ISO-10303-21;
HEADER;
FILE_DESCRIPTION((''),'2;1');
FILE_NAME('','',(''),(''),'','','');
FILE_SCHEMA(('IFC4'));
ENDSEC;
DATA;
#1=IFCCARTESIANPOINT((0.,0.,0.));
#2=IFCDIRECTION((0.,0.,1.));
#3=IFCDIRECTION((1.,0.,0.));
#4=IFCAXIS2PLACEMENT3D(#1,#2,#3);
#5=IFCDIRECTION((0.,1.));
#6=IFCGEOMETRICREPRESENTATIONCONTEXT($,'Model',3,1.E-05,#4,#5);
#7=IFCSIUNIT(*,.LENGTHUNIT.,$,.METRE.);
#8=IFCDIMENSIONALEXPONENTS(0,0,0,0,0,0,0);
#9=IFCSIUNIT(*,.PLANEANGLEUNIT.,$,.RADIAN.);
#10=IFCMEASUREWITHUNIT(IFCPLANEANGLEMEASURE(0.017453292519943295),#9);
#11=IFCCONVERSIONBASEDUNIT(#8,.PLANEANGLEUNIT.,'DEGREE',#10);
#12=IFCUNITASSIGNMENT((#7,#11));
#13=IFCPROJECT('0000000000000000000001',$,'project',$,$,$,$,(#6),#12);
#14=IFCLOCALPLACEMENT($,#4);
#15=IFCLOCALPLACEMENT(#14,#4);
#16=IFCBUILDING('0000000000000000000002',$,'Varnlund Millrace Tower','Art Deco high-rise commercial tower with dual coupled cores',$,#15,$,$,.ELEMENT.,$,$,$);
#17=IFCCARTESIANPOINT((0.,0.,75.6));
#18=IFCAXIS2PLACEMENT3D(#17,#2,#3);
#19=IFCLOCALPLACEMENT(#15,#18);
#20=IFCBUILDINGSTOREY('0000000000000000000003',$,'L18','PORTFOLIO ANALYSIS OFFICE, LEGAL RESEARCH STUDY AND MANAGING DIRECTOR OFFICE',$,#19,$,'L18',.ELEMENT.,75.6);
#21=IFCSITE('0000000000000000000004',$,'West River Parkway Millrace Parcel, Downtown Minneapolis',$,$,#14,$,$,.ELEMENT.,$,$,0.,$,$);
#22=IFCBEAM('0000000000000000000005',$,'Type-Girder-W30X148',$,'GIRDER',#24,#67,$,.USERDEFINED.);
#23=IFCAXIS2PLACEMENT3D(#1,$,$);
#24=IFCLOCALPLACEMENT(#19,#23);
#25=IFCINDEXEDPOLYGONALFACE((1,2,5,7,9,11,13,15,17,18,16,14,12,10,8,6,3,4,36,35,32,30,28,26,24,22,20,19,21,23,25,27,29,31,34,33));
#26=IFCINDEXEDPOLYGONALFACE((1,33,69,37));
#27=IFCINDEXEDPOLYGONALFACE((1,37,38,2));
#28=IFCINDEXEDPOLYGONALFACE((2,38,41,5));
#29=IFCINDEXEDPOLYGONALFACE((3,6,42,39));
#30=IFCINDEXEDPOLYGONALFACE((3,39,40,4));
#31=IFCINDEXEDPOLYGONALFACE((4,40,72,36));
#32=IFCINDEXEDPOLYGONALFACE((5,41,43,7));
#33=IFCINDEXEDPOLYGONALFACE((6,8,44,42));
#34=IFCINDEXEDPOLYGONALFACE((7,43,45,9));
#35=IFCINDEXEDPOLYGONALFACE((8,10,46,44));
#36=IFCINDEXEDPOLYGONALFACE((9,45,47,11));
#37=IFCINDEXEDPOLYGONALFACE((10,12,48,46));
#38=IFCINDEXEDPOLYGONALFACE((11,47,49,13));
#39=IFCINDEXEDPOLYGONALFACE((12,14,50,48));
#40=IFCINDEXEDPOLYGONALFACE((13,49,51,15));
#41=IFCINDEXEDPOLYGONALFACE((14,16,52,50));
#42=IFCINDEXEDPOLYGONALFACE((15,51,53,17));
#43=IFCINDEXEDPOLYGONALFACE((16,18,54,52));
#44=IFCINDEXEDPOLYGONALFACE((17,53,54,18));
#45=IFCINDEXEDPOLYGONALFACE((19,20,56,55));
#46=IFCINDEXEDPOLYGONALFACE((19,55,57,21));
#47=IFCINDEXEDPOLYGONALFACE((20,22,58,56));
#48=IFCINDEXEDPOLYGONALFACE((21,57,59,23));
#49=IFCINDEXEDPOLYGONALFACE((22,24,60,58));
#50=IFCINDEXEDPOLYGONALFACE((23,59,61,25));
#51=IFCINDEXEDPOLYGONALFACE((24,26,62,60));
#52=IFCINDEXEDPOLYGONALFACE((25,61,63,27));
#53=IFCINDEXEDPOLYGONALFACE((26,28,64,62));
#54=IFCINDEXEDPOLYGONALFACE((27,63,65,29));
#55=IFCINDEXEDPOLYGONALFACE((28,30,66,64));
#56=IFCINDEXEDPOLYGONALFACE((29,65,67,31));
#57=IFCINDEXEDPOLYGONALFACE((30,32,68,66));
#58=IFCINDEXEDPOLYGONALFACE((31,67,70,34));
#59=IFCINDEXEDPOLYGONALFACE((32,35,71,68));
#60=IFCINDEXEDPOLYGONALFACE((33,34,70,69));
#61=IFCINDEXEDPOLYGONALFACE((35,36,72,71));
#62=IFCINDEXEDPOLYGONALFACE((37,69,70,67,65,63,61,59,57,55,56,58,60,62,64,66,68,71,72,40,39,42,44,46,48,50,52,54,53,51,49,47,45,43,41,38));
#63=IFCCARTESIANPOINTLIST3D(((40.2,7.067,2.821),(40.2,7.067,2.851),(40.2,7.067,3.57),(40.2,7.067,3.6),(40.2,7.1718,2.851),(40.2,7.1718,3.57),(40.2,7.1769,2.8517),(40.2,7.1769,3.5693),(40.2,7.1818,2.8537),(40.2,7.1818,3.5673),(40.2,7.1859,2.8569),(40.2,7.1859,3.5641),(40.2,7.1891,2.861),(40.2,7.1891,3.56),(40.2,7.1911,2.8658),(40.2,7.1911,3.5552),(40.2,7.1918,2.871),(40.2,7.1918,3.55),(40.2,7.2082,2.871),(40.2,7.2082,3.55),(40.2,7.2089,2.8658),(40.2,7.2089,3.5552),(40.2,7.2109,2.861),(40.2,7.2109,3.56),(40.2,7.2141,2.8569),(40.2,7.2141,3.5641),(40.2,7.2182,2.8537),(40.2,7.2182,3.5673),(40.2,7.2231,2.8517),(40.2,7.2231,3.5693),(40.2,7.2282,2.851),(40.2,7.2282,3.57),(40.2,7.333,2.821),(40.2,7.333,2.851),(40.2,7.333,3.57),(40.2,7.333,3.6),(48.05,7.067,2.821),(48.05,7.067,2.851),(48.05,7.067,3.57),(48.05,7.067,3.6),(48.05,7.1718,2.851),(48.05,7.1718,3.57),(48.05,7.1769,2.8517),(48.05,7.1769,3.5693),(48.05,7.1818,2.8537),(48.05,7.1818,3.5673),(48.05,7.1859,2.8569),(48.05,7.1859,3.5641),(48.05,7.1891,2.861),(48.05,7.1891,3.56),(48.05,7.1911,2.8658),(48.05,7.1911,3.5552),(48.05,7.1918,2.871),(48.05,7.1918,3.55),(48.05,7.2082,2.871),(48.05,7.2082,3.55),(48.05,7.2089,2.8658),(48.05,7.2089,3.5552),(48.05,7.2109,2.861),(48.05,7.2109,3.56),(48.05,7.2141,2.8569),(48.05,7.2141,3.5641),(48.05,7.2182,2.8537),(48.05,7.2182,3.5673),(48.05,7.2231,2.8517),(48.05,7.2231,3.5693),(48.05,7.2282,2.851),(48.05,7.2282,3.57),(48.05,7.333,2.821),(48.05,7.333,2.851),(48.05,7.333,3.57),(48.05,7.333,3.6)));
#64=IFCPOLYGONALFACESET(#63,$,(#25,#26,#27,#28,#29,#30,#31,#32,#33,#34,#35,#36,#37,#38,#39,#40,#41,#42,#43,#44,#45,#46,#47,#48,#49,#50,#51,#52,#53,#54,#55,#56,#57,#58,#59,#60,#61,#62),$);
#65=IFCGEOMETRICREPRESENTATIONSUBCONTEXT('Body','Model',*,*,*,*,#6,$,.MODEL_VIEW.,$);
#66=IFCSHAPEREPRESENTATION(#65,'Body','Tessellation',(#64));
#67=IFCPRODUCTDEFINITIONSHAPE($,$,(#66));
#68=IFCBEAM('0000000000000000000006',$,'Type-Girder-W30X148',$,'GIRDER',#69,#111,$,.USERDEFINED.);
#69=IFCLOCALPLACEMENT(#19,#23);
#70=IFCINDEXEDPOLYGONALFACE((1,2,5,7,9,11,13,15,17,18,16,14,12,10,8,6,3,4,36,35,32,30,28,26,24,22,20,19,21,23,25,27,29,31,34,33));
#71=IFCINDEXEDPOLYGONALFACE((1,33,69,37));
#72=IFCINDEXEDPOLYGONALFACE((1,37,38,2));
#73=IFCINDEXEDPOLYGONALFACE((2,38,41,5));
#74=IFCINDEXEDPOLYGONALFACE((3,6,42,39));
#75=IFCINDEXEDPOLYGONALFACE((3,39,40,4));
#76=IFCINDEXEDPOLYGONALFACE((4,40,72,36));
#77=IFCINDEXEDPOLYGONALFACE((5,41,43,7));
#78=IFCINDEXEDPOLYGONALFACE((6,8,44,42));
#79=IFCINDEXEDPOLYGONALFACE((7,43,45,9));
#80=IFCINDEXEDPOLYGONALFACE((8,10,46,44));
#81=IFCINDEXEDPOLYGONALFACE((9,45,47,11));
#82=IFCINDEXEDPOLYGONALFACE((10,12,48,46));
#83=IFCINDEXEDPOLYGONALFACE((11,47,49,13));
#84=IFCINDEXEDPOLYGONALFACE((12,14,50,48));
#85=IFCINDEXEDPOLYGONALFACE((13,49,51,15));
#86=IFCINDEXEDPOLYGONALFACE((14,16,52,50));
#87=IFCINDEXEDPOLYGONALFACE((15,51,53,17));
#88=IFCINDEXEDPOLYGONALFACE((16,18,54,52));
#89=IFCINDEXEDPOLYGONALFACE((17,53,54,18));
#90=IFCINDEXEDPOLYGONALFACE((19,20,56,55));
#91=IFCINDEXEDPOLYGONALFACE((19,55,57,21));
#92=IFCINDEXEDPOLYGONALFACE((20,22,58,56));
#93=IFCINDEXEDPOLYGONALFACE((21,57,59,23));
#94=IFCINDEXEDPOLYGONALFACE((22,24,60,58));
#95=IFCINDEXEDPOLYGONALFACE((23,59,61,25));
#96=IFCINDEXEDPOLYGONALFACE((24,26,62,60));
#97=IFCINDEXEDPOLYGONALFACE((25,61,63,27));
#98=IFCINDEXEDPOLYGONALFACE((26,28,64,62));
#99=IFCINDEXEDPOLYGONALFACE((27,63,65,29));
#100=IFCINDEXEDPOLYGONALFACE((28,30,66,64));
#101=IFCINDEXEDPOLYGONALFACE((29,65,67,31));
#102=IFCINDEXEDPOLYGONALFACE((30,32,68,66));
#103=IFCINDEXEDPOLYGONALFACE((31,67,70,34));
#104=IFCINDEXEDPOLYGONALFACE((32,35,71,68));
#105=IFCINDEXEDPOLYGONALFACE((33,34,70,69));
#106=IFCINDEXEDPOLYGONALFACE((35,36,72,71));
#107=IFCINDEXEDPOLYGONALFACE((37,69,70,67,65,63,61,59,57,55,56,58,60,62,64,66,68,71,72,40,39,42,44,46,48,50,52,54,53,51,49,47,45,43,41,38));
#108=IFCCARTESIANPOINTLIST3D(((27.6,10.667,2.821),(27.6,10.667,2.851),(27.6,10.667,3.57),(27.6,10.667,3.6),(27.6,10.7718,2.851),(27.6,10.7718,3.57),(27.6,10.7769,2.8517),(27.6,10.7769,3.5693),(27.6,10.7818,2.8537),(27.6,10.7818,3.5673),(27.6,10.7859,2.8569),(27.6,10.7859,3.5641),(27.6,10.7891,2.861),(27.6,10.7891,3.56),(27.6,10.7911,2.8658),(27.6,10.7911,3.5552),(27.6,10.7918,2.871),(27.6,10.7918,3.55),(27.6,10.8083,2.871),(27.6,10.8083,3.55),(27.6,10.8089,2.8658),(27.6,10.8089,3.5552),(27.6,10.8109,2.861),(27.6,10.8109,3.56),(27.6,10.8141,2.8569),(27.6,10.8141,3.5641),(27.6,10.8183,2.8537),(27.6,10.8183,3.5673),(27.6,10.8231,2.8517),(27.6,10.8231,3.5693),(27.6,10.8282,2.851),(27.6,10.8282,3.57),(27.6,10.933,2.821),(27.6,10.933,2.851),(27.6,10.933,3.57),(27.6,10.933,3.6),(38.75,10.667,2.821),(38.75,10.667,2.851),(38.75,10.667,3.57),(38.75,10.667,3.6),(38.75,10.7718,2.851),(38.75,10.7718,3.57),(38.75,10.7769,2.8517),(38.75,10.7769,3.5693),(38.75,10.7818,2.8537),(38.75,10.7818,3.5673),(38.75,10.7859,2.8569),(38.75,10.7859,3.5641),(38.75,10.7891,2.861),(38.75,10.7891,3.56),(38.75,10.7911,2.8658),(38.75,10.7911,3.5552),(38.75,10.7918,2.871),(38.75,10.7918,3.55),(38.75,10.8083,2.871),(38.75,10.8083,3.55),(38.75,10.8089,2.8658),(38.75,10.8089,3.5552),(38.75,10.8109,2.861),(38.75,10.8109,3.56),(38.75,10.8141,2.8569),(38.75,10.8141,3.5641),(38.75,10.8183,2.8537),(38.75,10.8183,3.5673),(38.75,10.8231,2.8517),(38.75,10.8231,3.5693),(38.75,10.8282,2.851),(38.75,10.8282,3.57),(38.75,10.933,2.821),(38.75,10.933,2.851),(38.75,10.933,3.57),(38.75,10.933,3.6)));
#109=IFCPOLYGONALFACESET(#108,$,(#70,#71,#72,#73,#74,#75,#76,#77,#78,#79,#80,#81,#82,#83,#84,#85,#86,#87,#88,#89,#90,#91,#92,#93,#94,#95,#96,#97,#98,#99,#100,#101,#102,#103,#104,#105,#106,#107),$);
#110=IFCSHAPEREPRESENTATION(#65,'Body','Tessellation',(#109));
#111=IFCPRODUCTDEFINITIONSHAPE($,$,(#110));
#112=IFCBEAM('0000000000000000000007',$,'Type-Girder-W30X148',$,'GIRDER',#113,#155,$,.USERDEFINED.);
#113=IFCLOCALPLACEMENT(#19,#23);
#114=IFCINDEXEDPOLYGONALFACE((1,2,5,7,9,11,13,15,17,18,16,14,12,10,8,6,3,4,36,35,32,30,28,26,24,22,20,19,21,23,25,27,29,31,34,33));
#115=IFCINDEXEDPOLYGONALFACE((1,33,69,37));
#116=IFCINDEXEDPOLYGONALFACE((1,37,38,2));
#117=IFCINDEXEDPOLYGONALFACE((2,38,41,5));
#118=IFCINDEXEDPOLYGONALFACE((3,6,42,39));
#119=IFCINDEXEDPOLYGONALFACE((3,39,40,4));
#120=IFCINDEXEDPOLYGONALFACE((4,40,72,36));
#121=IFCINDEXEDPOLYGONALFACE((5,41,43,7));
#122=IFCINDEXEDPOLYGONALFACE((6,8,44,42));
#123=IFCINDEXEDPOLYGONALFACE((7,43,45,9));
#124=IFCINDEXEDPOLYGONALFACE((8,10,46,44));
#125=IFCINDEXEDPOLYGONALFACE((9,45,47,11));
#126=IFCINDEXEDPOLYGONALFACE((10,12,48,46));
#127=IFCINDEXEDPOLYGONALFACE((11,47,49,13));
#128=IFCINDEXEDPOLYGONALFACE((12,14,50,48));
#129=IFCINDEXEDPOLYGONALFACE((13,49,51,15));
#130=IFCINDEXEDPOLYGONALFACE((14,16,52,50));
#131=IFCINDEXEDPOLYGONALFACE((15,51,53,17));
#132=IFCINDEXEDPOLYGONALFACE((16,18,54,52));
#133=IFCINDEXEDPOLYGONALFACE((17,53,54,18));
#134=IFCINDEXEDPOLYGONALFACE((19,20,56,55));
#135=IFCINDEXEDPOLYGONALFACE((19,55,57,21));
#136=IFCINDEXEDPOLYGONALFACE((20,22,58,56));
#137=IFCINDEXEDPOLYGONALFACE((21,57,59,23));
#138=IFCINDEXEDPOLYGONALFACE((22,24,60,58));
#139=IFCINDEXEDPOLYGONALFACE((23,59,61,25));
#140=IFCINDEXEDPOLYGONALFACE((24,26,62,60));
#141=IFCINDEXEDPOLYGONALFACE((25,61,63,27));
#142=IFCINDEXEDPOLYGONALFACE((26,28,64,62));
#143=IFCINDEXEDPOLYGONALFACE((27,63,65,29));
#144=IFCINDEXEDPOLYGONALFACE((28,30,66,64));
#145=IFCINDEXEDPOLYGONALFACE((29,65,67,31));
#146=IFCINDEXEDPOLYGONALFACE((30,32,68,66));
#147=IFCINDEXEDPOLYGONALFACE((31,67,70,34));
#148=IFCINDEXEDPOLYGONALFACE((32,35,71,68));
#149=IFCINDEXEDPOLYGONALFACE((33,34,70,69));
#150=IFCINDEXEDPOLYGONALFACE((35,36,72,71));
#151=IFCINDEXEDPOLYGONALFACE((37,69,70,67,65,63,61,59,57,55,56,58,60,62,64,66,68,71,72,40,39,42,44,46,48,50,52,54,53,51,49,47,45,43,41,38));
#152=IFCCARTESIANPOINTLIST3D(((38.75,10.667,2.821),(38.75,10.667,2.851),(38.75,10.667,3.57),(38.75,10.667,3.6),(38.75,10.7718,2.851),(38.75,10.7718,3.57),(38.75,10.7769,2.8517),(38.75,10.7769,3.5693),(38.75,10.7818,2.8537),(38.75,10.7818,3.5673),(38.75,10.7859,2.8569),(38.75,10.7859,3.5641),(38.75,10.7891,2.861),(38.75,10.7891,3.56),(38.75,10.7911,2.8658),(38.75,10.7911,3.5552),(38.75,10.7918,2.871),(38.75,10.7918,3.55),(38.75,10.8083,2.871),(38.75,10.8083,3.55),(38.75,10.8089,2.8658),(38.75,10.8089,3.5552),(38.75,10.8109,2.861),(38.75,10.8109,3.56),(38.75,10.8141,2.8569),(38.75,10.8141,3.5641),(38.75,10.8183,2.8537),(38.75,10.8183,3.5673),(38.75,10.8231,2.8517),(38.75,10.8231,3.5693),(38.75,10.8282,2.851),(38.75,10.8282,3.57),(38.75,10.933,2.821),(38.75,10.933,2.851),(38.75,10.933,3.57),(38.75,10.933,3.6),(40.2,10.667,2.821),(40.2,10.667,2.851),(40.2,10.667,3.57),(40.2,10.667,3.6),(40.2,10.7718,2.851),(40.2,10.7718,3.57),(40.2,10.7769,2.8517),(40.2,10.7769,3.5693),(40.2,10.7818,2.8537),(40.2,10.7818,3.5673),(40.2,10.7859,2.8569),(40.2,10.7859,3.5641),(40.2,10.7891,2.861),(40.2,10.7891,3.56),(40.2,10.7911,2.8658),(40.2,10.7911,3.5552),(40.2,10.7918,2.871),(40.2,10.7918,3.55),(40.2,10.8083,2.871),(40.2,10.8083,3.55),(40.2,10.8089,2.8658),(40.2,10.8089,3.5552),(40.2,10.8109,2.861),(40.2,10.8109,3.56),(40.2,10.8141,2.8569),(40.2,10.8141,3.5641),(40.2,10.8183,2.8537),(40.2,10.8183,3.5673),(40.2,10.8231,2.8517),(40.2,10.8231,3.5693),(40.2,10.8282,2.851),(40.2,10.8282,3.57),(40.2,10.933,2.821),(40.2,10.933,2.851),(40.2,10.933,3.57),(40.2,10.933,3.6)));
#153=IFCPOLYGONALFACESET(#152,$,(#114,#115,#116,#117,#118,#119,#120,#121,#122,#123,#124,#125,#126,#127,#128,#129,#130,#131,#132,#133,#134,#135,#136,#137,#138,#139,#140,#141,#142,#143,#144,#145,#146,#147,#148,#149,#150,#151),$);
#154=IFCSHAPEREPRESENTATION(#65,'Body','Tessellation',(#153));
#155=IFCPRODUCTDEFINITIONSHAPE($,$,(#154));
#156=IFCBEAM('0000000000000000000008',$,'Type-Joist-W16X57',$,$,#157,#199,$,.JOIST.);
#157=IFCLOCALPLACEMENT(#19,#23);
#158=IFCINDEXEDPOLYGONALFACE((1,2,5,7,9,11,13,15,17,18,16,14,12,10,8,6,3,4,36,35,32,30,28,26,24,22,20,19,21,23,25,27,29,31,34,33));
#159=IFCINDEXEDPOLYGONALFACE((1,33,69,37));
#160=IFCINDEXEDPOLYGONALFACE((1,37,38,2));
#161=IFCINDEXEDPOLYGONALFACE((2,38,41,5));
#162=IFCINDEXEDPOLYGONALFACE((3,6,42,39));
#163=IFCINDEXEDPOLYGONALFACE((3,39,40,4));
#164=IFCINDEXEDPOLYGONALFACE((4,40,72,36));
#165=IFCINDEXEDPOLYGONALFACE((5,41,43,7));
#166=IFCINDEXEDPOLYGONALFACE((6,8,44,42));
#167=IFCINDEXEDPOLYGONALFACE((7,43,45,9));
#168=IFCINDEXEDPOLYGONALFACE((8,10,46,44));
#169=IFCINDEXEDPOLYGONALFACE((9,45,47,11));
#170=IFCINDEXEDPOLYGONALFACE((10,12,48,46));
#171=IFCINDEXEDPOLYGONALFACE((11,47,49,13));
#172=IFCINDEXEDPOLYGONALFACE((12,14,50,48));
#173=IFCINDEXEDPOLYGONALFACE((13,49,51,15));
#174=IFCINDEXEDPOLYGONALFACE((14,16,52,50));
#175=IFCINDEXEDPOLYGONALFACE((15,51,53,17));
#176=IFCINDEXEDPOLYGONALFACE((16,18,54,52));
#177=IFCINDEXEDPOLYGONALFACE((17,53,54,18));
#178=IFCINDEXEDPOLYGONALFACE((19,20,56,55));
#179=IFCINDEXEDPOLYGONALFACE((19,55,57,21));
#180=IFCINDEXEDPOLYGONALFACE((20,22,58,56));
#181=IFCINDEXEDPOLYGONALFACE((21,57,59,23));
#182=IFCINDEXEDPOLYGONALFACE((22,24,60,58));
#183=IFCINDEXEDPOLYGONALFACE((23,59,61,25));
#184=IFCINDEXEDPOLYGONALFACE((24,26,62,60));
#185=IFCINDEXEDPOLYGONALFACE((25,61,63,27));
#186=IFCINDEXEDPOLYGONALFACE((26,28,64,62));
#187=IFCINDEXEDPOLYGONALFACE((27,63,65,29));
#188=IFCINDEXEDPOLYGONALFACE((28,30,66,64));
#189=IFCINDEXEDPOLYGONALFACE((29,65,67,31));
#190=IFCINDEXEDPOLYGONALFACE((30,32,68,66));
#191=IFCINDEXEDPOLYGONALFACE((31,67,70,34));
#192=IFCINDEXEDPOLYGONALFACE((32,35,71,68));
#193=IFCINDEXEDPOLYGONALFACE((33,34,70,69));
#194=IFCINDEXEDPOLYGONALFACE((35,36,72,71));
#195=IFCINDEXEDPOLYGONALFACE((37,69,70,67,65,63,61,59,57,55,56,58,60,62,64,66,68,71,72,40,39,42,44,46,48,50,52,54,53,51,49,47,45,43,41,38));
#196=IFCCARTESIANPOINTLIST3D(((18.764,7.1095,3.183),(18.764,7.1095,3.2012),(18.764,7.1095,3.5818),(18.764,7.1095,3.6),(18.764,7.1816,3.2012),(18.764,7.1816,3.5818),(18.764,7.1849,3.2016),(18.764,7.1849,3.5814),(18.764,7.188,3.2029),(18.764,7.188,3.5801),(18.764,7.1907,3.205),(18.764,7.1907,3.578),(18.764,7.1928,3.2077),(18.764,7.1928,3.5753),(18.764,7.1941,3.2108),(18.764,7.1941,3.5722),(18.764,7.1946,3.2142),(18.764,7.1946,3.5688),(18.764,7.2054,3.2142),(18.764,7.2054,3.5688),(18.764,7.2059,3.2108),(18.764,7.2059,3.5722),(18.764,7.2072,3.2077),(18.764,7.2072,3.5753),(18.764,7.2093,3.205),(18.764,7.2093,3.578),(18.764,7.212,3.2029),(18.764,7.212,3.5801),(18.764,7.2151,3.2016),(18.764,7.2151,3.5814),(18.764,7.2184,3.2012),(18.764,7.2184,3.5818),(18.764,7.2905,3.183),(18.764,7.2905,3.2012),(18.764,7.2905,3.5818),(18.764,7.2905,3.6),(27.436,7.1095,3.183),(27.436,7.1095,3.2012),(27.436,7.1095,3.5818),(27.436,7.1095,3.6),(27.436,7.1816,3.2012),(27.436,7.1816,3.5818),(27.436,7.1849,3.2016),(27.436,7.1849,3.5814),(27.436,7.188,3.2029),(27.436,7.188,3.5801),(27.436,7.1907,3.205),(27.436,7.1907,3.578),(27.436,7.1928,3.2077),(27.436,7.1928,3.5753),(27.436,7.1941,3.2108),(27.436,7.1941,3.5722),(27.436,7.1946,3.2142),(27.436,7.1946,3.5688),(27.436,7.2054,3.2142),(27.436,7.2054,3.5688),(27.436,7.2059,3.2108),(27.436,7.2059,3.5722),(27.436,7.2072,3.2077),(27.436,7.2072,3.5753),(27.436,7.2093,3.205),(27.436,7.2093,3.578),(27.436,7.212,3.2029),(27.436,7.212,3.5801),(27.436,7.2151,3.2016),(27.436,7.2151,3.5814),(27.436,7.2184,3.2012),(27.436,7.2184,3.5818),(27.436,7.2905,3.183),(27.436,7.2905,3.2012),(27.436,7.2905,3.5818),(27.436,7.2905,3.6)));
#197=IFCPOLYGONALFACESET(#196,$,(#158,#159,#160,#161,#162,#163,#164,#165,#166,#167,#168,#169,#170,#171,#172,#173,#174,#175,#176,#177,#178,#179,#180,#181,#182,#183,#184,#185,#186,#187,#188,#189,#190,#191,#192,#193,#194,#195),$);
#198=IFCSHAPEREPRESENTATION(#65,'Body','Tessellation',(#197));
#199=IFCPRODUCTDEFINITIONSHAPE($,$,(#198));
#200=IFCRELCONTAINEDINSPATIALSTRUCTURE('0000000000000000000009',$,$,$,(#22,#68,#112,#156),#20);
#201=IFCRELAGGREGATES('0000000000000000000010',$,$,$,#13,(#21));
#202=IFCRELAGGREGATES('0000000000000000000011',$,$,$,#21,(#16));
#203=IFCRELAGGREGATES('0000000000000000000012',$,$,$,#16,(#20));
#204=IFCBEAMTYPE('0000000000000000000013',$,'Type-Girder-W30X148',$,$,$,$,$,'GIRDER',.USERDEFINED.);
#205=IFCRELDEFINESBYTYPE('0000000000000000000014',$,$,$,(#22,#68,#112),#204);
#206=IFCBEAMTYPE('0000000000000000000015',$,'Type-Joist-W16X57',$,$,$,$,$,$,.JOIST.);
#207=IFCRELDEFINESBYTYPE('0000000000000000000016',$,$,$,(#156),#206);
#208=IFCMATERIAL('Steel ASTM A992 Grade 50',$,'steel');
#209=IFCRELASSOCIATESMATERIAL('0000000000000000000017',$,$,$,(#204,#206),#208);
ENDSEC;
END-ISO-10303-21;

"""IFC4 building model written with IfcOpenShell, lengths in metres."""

from ifc_helpers import new_model, entity, si_unit, converted_unit, direction, frame, origin_with_axes, origin_2d_with_axis, place, context, subcontext, project, spatial, i_section, extrude, material, material_profile, profile_set, type_object, element, save


model = new_model("IFC4")

# Units and contexts
model_context = context("Model", 3, precision=1e-05, world=origin_with_axes(), true_north=direction((0.0, 1.0)))
body_context = subcontext(model_context, "Body", "Model", "MODEL_VIEW")
ifc_project = project(units=[si_unit("LENGTHUNIT", "METRE"), converted_unit("PLANEANGLEUNIT", "DEGREE", entity("IfcPlaneAngleMeasure", 0.017453292519943295), si_unit("PLANEANGLEUNIT", "RADIAN"), dimensions=[0, 0, 0, 0, 0, 0, 0])], contexts=[model_context])

# Site, building, storey
site_placement = place(None, origin_with_axes())
site = spatial("IfcSite", under=ifc_project, at=site_placement, Name="West River Parkway Millrace Parcel, Downtown Minneapolis", CompositionType="ELEMENT", RefElevation=0.0)
building_placement = place(site_placement, origin_with_axes())
building = spatial("IfcBuilding", under=site, at=building_placement, Name="Varnlund Millrace Tower", Description="Art Deco high-rise commercial tower with dual coupled cores", CompositionType="ELEMENT")
storey_placement = place(building_placement, frame((0.0, 0.0, 75.6), z_axis=(0.0, 0.0, 1.0), x_axis=(1.0, 0.0, 0.0)))
storey = spatial("IfcBuildingStorey", under=building, at=storey_placement, Name="L18", Description="PORTFOLIO ANALYSIS OFFICE, LEGAL RESEARCH STUDY AND MANAGING DIRECTOR OFFICE", LongName="L18", CompositionType="ELEMENT", Elevation=75.6)

# Beams
ifc_material_1 = material(Name="Steel ASTM A992 Grade 50", Category="steel")
ifc_material_profile_1 = material_profile(ifc_material_1, i_section(OverallWidth=0.266, OverallDepth=0.779, WebThickness=0.0165, FlangeThickness=0.03, FilletRadius=0.02, at=origin_2d_with_axis()), Name="Steel ASTM A992 Grade 50")
ifc_profile_set_1 = profile_set([ifc_material_profile_1], Name="Steel ASTM A992 Grade 50")
beam_type_1 = type_object("IfcBeamType", Name="Type-Girder-W30X148", ElementType="GIRDER", PredefinedType="USERDEFINED", material=ifc_profile_set_1)
beam_1_placement = place(storey_placement, frame((40.2, 7.2, 3.2105), z_axis=(1.0, 0.0, 0.0), x_axis=(0.0, 1.0, 0.0)))
element("IfcBeam", 1, at=beam_1_placement, inside=storey, type_object=beam_type_1, Name="Type-Girder-W30X148", ObjectType="GIRDER", PredefinedType="USERDEFINED", context=body_context, shape_type="SweptSolid", body=[
    extrude(i_section(OverallWidth=0.266, OverallDepth=0.779, WebThickness=0.0165, FlangeThickness=0.03, FilletRadius=0.02, at=origin_2d_with_axis()), origin_with_axes(), (0.0, 0.0, 1.0), 7.85),
])
beam_2_placement = place(storey_placement, frame((27.6, 10.8, 3.2105), z_axis=(1.0, 0.0, 0.0), x_axis=(0.0, 1.0, 0.0)))
element("IfcBeam", 2, at=beam_2_placement, inside=storey, type_object=beam_type_1, Name="Type-Girder-W30X148", ObjectType="GIRDER", PredefinedType="USERDEFINED", context=body_context, shape_type="SweptSolid", body=[
    extrude(i_section(OverallWidth=0.266, OverallDepth=0.779, WebThickness=0.0165, FlangeThickness=0.03, FilletRadius=0.02, at=origin_2d_with_axis()), origin_with_axes(), (0.0, 0.0, 1.0), 11.15),
])
beam_3_placement = place(storey_placement, frame((38.75, 10.8, 3.2105), z_axis=(1.0, 0.0, 0.0), x_axis=(0.0, 1.0, 0.0)))
element("IfcBeam", 3, at=beam_3_placement, inside=storey, type_object=beam_type_1, Name="Type-Girder-W30X148", ObjectType="GIRDER", PredefinedType="USERDEFINED", context=body_context, shape_type="SweptSolid", body=[
    extrude(i_section(OverallWidth=0.266, OverallDepth=0.779, WebThickness=0.0165, FlangeThickness=0.03, FilletRadius=0.02, at=origin_2d_with_axis()), origin_with_axes(), (0.0, 0.0, 1.0), 1.45),
])
ifc_material_profile_2 = material_profile(ifc_material_1, i_section(OverallWidth=0.181, OverallDepth=0.417, WebThickness=0.0109, FlangeThickness=0.0182, FilletRadius=0.013, at=origin_2d_with_axis()), Name="Steel ASTM A992 Grade 50")
ifc_profile_set_2 = profile_set([ifc_material_profile_2], Name="Steel ASTM A992 Grade 50")
beam_type_2 = type_object("IfcBeamType", Name="Type-Joist-W16X57", PredefinedType="JOIST", material=ifc_profile_set_2)
for number, where, z_axis, x_axis, name in (
    (4, (18.764, 7.2, 3.3915), (1.0, 0.0, 0.0), (0.0, 1.0, 0.0), "Type-Joist-W16X57"),
):
    element("IfcBeam", number, at=place(storey_placement, frame(where, z_axis=z_axis, x_axis=x_axis)), inside=storey, type_object=beam_type_2, Name=name, PredefinedType="JOIST", context=body_context, shape_type="SweptSolid", body=[
        extrude(i_section(OverallWidth=0.181, OverallDepth=0.417, WebThickness=0.0109, FlangeThickness=0.0182, FilletRadius=0.013, at=origin_2d_with_axis()), origin_with_axes(), (0.0, 0.0, 1.0), 8.672),
    ])

save(model, "model.ifc")
